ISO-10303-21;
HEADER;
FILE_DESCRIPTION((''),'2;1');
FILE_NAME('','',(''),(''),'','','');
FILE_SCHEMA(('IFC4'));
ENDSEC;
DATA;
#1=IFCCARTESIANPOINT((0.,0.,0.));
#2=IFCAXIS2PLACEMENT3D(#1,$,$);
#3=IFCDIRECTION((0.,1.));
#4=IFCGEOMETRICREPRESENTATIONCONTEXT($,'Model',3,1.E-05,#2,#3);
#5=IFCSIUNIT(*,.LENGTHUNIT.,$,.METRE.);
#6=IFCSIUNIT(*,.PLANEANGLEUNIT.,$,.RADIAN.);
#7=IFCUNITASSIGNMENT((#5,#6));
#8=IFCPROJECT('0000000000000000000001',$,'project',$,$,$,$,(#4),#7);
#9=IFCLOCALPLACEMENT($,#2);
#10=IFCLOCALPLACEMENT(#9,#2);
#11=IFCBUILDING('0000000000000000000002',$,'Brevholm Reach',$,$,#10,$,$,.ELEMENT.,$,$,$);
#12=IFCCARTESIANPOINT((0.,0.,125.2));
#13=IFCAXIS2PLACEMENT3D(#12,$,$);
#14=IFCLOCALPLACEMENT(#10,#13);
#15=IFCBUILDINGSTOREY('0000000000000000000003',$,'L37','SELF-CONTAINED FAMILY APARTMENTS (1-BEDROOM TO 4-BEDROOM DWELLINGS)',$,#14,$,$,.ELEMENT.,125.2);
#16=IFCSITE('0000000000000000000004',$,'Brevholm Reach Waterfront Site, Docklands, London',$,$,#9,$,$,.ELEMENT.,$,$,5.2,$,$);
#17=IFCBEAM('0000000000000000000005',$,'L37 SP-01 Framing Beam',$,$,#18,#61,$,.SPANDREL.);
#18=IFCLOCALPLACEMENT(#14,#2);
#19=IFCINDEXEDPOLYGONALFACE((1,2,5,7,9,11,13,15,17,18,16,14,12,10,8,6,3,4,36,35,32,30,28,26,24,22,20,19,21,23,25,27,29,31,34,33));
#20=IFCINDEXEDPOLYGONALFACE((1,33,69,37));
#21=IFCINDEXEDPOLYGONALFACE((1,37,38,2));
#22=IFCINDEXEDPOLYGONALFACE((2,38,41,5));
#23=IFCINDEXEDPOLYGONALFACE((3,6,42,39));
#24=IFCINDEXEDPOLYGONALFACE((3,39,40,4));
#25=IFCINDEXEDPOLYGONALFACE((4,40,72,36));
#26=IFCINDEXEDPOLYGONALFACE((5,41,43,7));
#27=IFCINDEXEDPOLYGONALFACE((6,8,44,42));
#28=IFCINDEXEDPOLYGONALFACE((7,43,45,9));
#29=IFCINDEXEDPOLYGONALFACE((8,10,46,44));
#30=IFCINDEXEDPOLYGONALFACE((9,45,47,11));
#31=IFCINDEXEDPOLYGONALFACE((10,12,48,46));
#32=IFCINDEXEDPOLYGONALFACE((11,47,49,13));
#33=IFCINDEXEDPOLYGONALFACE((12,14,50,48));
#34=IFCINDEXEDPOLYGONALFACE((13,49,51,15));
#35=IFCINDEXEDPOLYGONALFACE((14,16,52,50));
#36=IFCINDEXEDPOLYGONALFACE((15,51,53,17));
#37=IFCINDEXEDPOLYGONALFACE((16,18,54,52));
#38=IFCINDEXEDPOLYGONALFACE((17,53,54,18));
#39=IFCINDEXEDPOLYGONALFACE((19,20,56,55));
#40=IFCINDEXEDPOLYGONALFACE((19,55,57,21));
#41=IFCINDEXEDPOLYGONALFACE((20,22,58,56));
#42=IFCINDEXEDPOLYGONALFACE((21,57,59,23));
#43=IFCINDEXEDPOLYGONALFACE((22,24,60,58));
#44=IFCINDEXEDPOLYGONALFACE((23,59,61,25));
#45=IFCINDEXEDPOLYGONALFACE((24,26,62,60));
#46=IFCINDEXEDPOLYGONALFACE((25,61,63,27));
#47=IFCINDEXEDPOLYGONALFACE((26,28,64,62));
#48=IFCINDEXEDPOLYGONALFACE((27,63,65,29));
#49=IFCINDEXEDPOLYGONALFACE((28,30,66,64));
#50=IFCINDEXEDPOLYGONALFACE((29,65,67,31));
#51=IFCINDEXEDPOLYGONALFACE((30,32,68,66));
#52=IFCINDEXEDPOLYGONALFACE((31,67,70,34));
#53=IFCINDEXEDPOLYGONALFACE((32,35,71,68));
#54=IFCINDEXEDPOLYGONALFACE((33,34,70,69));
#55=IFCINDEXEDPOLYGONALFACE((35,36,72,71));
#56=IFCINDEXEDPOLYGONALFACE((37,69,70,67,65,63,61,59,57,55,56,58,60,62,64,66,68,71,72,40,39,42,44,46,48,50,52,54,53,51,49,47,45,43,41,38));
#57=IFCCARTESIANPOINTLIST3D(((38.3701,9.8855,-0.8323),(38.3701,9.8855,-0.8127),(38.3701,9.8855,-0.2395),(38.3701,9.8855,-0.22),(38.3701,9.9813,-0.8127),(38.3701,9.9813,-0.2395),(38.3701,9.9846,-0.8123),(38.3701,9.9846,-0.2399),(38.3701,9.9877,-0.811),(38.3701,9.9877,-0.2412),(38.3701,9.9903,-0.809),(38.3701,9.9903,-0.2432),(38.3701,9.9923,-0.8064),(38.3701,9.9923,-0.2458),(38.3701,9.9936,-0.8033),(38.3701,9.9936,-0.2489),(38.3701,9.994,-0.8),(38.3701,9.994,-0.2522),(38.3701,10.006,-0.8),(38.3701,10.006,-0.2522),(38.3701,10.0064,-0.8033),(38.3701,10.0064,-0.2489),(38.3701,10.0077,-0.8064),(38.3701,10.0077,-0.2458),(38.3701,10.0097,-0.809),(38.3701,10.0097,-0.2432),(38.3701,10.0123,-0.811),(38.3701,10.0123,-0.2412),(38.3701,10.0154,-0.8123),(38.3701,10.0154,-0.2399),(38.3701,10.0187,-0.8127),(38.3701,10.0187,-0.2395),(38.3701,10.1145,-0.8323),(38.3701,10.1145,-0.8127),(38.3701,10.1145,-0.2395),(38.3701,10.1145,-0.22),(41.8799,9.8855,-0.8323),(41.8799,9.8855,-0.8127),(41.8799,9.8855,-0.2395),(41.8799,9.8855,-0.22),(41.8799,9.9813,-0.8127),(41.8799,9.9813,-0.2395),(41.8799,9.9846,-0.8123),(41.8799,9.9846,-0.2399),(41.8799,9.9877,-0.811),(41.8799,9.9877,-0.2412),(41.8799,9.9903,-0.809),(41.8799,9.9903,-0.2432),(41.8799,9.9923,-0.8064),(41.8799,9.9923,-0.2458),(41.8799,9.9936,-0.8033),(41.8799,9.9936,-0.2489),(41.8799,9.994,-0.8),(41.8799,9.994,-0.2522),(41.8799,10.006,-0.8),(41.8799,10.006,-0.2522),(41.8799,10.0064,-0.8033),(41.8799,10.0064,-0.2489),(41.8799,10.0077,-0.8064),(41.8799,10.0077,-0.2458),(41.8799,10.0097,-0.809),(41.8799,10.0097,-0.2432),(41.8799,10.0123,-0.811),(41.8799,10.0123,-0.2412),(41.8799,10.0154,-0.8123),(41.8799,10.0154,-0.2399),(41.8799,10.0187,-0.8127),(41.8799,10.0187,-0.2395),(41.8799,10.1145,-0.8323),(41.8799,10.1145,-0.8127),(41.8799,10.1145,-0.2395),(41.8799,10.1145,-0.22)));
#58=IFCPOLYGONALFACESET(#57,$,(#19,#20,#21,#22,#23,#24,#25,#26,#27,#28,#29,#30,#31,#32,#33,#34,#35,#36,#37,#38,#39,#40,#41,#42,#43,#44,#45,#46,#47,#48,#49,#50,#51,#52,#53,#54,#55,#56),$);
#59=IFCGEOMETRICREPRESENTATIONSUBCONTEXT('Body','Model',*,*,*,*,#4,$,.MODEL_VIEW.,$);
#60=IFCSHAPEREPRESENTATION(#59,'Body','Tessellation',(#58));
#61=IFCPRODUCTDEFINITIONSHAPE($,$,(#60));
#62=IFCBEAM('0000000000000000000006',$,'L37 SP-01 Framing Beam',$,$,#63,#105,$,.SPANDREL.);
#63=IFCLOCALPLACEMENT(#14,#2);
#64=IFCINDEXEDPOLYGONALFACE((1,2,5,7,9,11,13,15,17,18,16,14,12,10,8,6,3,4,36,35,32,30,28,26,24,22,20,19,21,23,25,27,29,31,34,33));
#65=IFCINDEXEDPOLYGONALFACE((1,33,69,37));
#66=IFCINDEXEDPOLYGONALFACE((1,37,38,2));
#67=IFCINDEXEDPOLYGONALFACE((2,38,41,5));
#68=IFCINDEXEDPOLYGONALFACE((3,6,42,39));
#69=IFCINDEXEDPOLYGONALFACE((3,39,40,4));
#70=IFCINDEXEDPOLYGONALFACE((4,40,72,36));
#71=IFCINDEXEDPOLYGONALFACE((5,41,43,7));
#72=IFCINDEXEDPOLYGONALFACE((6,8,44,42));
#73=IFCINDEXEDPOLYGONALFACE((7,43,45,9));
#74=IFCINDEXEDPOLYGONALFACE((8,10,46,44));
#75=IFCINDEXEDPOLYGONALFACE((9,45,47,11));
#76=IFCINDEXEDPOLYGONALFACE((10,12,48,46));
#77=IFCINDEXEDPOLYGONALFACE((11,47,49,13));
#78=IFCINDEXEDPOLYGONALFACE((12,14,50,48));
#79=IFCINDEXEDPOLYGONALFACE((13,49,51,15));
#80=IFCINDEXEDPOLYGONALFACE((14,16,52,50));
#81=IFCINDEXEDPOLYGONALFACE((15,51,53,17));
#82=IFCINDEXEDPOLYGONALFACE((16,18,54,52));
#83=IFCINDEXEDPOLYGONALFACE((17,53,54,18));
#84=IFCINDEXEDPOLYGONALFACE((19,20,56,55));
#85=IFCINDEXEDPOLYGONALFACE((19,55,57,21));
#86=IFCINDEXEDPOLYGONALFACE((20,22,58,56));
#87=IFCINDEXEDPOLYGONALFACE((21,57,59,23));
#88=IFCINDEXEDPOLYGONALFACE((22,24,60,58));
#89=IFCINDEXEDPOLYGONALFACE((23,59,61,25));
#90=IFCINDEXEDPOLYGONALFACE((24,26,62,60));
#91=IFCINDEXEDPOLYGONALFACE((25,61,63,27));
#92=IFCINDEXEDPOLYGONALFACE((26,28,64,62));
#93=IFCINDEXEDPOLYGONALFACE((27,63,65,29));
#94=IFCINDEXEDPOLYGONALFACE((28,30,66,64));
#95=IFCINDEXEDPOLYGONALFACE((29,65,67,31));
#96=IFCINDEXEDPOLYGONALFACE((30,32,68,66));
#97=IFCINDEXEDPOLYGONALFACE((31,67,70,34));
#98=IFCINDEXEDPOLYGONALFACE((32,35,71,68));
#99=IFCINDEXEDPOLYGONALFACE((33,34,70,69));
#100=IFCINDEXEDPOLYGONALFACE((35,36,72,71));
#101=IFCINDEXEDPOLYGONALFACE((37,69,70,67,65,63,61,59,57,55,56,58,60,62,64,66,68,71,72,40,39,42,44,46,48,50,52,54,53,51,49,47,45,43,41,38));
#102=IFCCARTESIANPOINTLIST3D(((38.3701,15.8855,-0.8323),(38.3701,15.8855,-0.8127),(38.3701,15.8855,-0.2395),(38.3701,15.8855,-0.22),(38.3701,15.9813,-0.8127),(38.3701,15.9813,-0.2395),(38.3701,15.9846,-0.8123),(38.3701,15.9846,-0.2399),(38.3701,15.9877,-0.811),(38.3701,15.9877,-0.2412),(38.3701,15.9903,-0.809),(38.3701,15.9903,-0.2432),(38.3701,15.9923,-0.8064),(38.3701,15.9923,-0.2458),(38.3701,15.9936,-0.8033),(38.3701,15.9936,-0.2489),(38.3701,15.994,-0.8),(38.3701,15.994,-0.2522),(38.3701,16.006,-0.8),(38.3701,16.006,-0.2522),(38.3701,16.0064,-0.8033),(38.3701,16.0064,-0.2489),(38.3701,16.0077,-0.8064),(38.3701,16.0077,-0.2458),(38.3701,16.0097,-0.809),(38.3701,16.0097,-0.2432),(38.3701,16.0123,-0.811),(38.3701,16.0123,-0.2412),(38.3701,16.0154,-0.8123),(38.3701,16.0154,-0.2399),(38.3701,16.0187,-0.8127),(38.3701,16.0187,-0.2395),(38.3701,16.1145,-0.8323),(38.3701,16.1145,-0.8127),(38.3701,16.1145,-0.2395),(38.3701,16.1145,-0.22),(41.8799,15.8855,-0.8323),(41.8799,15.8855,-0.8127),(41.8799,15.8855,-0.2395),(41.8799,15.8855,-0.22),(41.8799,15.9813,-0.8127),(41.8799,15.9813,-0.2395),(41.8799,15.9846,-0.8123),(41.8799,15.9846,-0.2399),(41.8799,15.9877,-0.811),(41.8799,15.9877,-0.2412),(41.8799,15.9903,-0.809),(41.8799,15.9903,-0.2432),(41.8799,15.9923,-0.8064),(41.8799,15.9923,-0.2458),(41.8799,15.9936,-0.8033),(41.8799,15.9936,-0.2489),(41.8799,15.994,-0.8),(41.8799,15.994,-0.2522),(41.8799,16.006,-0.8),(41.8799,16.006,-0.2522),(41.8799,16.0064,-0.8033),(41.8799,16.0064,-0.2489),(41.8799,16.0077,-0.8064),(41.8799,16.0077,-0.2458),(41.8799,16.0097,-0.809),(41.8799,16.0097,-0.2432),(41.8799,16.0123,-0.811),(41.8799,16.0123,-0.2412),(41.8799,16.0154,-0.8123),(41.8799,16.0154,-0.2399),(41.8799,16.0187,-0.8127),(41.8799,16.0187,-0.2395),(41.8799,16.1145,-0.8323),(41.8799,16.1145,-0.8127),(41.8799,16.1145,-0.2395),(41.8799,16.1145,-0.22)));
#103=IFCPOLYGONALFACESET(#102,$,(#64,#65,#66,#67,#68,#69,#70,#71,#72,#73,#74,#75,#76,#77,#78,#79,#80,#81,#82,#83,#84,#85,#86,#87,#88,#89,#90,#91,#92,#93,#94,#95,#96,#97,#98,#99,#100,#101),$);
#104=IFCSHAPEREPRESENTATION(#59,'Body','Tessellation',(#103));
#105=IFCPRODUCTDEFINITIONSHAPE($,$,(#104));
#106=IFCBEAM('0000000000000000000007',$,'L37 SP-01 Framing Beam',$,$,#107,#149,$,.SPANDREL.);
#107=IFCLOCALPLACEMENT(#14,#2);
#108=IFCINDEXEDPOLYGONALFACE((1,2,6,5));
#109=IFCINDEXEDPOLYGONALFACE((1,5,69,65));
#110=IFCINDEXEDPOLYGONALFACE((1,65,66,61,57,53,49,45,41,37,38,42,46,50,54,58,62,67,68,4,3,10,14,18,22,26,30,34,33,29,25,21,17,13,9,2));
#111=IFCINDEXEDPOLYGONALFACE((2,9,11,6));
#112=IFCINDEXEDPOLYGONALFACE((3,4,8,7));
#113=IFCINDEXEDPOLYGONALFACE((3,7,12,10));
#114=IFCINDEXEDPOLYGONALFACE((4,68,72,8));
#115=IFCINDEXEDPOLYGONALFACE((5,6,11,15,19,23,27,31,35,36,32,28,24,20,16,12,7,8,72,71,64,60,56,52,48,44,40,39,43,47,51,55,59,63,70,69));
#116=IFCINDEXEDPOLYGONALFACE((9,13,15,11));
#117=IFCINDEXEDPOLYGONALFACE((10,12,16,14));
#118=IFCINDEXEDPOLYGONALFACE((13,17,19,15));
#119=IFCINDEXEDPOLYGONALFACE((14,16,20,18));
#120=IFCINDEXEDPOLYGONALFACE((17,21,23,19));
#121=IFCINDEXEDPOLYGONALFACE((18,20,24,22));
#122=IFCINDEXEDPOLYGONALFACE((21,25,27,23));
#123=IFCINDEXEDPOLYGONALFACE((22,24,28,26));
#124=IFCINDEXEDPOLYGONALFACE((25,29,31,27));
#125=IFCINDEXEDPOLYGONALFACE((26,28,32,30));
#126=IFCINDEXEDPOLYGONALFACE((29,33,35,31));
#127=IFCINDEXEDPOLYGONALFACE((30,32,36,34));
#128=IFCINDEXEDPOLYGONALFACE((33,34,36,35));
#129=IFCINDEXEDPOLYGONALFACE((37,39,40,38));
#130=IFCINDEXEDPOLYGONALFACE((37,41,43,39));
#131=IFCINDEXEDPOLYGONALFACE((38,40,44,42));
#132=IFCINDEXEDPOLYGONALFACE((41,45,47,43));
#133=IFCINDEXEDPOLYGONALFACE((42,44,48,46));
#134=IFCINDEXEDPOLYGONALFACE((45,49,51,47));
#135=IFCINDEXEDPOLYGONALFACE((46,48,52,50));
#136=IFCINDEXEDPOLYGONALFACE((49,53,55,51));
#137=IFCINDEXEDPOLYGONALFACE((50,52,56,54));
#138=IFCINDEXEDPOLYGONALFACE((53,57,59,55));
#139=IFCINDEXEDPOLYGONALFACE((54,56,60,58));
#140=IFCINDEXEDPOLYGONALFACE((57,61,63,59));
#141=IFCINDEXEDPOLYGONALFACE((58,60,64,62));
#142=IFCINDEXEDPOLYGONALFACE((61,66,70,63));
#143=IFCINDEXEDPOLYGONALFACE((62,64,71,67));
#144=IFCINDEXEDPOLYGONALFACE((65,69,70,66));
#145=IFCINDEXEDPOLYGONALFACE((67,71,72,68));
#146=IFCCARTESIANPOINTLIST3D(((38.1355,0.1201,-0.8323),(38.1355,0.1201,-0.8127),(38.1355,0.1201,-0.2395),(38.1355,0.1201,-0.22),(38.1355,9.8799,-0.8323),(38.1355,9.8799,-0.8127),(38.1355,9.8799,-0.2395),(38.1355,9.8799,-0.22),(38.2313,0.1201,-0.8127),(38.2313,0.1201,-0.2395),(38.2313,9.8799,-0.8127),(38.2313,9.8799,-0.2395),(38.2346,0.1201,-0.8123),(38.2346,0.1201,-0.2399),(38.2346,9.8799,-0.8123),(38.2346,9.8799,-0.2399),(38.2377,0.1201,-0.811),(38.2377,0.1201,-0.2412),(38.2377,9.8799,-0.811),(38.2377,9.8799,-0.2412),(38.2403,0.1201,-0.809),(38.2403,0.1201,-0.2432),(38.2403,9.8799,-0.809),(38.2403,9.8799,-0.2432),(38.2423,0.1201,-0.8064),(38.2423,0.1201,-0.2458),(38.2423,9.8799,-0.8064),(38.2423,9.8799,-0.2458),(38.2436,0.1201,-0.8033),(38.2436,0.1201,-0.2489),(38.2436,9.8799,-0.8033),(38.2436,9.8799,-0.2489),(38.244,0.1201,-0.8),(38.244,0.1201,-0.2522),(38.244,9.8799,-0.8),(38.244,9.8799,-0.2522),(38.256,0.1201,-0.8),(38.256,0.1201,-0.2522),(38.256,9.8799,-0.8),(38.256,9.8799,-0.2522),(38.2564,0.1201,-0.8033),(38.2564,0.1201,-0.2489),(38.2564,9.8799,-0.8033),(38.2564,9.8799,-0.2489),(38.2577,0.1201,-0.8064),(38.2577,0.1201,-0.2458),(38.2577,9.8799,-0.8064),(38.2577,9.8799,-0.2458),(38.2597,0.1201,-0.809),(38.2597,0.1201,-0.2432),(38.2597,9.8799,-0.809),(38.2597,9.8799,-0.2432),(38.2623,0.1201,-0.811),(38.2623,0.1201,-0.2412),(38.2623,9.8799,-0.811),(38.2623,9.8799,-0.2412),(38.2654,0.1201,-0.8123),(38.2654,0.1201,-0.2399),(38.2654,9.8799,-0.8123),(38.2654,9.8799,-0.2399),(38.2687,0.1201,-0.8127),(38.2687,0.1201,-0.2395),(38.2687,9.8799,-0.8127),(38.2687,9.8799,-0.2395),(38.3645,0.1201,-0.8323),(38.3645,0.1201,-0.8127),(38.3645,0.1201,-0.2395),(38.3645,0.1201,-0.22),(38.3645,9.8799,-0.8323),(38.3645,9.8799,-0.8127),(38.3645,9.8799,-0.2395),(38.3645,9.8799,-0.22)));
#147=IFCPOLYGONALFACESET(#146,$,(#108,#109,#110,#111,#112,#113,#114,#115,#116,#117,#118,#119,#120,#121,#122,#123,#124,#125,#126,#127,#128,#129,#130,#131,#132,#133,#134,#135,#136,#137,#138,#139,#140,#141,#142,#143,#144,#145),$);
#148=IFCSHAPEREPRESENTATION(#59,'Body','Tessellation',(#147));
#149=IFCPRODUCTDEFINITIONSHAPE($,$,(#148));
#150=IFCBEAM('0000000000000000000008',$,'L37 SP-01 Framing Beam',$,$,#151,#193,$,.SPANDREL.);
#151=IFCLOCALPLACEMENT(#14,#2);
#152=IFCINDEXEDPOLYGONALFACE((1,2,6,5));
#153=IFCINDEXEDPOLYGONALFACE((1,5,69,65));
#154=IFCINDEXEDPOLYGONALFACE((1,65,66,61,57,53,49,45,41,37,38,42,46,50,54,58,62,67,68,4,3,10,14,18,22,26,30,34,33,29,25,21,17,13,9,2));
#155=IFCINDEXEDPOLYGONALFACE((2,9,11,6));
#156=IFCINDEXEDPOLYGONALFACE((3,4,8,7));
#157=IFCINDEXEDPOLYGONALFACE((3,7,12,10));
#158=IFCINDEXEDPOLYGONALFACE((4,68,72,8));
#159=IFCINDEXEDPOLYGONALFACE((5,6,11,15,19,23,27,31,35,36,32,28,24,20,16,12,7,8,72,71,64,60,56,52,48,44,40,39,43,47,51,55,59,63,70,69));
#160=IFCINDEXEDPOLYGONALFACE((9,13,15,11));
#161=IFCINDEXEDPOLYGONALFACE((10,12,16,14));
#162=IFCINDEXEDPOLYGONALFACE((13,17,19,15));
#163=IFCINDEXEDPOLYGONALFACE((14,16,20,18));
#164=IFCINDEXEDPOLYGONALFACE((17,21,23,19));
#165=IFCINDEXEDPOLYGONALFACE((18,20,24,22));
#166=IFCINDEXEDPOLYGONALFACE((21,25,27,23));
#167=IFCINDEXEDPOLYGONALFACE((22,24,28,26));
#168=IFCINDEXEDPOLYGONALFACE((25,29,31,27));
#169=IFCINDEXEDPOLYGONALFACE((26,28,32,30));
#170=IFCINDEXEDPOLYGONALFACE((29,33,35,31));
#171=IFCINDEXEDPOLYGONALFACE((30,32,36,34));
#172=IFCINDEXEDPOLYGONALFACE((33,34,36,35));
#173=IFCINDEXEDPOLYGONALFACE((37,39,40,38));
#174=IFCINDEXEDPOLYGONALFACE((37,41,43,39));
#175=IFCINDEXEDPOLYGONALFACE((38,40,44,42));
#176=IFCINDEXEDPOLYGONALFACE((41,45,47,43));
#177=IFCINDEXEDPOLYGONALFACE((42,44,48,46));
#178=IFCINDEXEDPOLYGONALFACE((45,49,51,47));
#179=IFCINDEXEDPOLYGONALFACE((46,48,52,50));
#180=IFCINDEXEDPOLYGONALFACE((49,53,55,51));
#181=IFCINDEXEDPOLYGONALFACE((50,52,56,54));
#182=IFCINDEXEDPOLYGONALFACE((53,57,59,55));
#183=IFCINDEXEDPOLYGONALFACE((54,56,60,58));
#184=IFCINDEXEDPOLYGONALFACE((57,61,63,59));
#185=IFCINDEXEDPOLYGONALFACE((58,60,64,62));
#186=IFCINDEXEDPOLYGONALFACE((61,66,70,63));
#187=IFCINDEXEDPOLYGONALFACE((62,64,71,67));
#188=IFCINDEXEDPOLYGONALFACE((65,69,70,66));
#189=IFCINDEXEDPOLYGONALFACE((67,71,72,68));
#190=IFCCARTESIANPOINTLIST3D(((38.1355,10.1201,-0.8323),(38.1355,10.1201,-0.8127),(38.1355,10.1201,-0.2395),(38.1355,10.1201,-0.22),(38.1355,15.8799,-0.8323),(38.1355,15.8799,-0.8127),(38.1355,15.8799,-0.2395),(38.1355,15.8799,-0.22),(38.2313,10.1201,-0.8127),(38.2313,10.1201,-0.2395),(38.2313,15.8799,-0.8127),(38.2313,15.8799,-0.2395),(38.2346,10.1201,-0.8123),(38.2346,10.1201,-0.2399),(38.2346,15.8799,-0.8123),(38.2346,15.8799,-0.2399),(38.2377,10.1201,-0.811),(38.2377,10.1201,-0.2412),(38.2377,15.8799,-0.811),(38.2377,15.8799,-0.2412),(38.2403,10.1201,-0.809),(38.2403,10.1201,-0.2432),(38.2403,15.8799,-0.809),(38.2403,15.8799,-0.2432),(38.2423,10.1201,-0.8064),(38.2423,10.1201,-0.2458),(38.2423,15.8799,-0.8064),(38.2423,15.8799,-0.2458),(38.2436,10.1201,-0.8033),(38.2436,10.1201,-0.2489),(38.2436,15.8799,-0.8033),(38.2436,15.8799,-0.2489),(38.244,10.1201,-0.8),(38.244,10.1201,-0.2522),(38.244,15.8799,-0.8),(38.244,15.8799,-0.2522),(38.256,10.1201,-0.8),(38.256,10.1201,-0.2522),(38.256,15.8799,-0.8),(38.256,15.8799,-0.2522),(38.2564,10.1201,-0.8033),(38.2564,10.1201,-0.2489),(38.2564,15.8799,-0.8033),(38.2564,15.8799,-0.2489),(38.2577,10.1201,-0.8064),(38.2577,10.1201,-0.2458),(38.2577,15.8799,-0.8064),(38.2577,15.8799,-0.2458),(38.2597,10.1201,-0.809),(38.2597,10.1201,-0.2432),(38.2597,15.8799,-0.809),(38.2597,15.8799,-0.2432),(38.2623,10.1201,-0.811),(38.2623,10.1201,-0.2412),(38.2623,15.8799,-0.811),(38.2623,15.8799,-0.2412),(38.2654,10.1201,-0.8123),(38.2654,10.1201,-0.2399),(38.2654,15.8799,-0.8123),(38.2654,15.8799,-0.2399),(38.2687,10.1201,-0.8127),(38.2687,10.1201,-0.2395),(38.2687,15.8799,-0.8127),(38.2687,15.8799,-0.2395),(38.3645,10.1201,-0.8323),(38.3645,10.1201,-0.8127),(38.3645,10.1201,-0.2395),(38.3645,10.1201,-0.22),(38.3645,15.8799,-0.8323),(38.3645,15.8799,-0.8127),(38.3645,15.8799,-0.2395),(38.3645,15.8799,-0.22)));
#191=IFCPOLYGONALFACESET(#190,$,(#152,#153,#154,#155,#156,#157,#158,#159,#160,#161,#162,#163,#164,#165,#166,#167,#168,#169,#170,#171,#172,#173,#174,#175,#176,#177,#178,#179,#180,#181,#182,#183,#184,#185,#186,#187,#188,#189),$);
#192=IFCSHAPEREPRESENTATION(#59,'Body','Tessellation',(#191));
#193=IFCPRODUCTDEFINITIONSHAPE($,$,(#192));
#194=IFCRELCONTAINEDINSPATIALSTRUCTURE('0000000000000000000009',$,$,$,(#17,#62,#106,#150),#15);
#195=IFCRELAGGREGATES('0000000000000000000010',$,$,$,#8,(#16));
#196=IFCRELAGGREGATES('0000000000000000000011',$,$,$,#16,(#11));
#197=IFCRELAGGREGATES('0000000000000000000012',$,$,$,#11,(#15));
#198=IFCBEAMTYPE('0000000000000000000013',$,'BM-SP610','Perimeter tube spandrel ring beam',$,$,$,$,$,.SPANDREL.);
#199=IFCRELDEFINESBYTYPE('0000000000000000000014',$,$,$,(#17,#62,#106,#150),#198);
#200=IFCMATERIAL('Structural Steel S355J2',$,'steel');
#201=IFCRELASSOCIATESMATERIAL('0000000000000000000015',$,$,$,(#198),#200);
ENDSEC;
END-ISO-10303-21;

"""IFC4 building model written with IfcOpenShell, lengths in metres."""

from ifc_helpers import new_model, si_unit, direction, frame, origin, origin_2d, place, context, subcontext, project, spatial, i_section, extrude, material, material_profile, profile_set, type_object, element, save


model = new_model("IFC4")

# Units and contexts
model_context = context("Model", 3, precision=1e-05, world=origin(), true_north=direction((0.0, 1.0)))
body_context = subcontext(model_context, "Body", "Model", "MODEL_VIEW")
ifc_project = project(units=[si_unit("LENGTHUNIT", "METRE"), si_unit("PLANEANGLEUNIT", "RADIAN")], contexts=[model_context])

# Site, building, storey
site_placement = place(None, origin())
site = spatial("IfcSite", under=ifc_project, at=site_placement, Name="Brevholm Reach Waterfront Site, Docklands, London", CompositionType="ELEMENT", RefElevation=5.2)
building_placement = place(site_placement, origin())
building = spatial("IfcBuilding", under=site, at=building_placement, Name="Brevholm Reach", CompositionType="ELEMENT")
storey_placement = place(building_placement, frame((0.0, 0.0, 125.2)))
storey = spatial("IfcBuildingStorey", under=building, at=storey_placement, Name="L37", Description="SELF-CONTAINED FAMILY APARTMENTS (1-BEDROOM TO 4-BEDROOM DWELLINGS)", CompositionType="ELEMENT", Elevation=125.2)

# Beams
ifc_material_1 = material(Name="Structural Steel S355J2", Category="steel")
ifc_material_profile_1 = material_profile(ifc_material_1, i_section(OverallWidth=0.229, OverallDepth=0.6123, WebThickness=0.012, FlangeThickness=0.0195, FilletRadius=0.0127, at=origin_2d()), Name="UKB 610x229x125")
ifc_profile_set_1 = profile_set([ifc_material_profile_1], Name="Structural Steel S355J2")
beam_type_1 = type_object("IfcBeamType", Name="BM-SP610", Description="Perimeter tube spandrel ring beam", PredefinedType="SPANDREL", material=ifc_profile_set_1)
for number, where, z_axis, x_axis, name in (
    (1, (38.3701, 10.0, -0.5261), (1.0, 0.0, 0.0), (0.0, 1.0, 0.0), "L37 SP-01 Framing Beam"),
    (2, (38.3701, 16.0, -0.5261), (1.0, 0.0, 0.0), (0.0, 1.0, 0.0), "L37 SP-01 Framing Beam"),
):
    element("IfcBeam", number, at=place(storey_placement, frame(where, z_axis=z_axis, x_axis=x_axis)), inside=storey, type_object=beam_type_1, Name=name, PredefinedType="SPANDREL", context=body_context, shape_type="SweptSolid", body=[
        extrude(i_section(OverallWidth=0.229, OverallDepth=0.6123, WebThickness=0.012, FlangeThickness=0.0195, FilletRadius=0.0127, at=origin_2d()), origin(), (0.0, 0.0, 1.0), 3.5098),
    ])
beam_1_placement = place(storey_placement, frame((38.25, 0.1201, -0.5261), z_axis=(0.0, 1.0, 0.0), x_axis=(-1.0, 0.0, 0.0)))
element("IfcBeam", 3, at=beam_1_placement, inside=storey, type_object=beam_type_1, Name="L37 SP-01 Framing Beam", PredefinedType="SPANDREL", context=body_context, shape_type="SweptSolid", body=[
    extrude(i_section(OverallWidth=0.229, OverallDepth=0.6123, WebThickness=0.012, FlangeThickness=0.0195, FilletRadius=0.0127, at=origin_2d()), origin(), (0.0, 0.0, 1.0), 9.7598),
])
beam_2_placement = place(storey_placement, frame((38.25, 10.1201, -0.5261), z_axis=(0.0, 1.0, 0.0), x_axis=(-1.0, 0.0, 0.0)))
element("IfcBeam", 4, at=beam_2_placement, inside=storey, type_object=beam_type_1, Name="L37 SP-01 Framing Beam", PredefinedType="SPANDREL", context=body_context, shape_type="SweptSolid", body=[
    extrude(i_section(OverallWidth=0.229, OverallDepth=0.6123, WebThickness=0.012, FlangeThickness=0.0195, FilletRadius=0.0127, at=origin_2d()), origin(), (0.0, 0.0, 1.0), 5.7598),
])

save(model, "model.ifc")
